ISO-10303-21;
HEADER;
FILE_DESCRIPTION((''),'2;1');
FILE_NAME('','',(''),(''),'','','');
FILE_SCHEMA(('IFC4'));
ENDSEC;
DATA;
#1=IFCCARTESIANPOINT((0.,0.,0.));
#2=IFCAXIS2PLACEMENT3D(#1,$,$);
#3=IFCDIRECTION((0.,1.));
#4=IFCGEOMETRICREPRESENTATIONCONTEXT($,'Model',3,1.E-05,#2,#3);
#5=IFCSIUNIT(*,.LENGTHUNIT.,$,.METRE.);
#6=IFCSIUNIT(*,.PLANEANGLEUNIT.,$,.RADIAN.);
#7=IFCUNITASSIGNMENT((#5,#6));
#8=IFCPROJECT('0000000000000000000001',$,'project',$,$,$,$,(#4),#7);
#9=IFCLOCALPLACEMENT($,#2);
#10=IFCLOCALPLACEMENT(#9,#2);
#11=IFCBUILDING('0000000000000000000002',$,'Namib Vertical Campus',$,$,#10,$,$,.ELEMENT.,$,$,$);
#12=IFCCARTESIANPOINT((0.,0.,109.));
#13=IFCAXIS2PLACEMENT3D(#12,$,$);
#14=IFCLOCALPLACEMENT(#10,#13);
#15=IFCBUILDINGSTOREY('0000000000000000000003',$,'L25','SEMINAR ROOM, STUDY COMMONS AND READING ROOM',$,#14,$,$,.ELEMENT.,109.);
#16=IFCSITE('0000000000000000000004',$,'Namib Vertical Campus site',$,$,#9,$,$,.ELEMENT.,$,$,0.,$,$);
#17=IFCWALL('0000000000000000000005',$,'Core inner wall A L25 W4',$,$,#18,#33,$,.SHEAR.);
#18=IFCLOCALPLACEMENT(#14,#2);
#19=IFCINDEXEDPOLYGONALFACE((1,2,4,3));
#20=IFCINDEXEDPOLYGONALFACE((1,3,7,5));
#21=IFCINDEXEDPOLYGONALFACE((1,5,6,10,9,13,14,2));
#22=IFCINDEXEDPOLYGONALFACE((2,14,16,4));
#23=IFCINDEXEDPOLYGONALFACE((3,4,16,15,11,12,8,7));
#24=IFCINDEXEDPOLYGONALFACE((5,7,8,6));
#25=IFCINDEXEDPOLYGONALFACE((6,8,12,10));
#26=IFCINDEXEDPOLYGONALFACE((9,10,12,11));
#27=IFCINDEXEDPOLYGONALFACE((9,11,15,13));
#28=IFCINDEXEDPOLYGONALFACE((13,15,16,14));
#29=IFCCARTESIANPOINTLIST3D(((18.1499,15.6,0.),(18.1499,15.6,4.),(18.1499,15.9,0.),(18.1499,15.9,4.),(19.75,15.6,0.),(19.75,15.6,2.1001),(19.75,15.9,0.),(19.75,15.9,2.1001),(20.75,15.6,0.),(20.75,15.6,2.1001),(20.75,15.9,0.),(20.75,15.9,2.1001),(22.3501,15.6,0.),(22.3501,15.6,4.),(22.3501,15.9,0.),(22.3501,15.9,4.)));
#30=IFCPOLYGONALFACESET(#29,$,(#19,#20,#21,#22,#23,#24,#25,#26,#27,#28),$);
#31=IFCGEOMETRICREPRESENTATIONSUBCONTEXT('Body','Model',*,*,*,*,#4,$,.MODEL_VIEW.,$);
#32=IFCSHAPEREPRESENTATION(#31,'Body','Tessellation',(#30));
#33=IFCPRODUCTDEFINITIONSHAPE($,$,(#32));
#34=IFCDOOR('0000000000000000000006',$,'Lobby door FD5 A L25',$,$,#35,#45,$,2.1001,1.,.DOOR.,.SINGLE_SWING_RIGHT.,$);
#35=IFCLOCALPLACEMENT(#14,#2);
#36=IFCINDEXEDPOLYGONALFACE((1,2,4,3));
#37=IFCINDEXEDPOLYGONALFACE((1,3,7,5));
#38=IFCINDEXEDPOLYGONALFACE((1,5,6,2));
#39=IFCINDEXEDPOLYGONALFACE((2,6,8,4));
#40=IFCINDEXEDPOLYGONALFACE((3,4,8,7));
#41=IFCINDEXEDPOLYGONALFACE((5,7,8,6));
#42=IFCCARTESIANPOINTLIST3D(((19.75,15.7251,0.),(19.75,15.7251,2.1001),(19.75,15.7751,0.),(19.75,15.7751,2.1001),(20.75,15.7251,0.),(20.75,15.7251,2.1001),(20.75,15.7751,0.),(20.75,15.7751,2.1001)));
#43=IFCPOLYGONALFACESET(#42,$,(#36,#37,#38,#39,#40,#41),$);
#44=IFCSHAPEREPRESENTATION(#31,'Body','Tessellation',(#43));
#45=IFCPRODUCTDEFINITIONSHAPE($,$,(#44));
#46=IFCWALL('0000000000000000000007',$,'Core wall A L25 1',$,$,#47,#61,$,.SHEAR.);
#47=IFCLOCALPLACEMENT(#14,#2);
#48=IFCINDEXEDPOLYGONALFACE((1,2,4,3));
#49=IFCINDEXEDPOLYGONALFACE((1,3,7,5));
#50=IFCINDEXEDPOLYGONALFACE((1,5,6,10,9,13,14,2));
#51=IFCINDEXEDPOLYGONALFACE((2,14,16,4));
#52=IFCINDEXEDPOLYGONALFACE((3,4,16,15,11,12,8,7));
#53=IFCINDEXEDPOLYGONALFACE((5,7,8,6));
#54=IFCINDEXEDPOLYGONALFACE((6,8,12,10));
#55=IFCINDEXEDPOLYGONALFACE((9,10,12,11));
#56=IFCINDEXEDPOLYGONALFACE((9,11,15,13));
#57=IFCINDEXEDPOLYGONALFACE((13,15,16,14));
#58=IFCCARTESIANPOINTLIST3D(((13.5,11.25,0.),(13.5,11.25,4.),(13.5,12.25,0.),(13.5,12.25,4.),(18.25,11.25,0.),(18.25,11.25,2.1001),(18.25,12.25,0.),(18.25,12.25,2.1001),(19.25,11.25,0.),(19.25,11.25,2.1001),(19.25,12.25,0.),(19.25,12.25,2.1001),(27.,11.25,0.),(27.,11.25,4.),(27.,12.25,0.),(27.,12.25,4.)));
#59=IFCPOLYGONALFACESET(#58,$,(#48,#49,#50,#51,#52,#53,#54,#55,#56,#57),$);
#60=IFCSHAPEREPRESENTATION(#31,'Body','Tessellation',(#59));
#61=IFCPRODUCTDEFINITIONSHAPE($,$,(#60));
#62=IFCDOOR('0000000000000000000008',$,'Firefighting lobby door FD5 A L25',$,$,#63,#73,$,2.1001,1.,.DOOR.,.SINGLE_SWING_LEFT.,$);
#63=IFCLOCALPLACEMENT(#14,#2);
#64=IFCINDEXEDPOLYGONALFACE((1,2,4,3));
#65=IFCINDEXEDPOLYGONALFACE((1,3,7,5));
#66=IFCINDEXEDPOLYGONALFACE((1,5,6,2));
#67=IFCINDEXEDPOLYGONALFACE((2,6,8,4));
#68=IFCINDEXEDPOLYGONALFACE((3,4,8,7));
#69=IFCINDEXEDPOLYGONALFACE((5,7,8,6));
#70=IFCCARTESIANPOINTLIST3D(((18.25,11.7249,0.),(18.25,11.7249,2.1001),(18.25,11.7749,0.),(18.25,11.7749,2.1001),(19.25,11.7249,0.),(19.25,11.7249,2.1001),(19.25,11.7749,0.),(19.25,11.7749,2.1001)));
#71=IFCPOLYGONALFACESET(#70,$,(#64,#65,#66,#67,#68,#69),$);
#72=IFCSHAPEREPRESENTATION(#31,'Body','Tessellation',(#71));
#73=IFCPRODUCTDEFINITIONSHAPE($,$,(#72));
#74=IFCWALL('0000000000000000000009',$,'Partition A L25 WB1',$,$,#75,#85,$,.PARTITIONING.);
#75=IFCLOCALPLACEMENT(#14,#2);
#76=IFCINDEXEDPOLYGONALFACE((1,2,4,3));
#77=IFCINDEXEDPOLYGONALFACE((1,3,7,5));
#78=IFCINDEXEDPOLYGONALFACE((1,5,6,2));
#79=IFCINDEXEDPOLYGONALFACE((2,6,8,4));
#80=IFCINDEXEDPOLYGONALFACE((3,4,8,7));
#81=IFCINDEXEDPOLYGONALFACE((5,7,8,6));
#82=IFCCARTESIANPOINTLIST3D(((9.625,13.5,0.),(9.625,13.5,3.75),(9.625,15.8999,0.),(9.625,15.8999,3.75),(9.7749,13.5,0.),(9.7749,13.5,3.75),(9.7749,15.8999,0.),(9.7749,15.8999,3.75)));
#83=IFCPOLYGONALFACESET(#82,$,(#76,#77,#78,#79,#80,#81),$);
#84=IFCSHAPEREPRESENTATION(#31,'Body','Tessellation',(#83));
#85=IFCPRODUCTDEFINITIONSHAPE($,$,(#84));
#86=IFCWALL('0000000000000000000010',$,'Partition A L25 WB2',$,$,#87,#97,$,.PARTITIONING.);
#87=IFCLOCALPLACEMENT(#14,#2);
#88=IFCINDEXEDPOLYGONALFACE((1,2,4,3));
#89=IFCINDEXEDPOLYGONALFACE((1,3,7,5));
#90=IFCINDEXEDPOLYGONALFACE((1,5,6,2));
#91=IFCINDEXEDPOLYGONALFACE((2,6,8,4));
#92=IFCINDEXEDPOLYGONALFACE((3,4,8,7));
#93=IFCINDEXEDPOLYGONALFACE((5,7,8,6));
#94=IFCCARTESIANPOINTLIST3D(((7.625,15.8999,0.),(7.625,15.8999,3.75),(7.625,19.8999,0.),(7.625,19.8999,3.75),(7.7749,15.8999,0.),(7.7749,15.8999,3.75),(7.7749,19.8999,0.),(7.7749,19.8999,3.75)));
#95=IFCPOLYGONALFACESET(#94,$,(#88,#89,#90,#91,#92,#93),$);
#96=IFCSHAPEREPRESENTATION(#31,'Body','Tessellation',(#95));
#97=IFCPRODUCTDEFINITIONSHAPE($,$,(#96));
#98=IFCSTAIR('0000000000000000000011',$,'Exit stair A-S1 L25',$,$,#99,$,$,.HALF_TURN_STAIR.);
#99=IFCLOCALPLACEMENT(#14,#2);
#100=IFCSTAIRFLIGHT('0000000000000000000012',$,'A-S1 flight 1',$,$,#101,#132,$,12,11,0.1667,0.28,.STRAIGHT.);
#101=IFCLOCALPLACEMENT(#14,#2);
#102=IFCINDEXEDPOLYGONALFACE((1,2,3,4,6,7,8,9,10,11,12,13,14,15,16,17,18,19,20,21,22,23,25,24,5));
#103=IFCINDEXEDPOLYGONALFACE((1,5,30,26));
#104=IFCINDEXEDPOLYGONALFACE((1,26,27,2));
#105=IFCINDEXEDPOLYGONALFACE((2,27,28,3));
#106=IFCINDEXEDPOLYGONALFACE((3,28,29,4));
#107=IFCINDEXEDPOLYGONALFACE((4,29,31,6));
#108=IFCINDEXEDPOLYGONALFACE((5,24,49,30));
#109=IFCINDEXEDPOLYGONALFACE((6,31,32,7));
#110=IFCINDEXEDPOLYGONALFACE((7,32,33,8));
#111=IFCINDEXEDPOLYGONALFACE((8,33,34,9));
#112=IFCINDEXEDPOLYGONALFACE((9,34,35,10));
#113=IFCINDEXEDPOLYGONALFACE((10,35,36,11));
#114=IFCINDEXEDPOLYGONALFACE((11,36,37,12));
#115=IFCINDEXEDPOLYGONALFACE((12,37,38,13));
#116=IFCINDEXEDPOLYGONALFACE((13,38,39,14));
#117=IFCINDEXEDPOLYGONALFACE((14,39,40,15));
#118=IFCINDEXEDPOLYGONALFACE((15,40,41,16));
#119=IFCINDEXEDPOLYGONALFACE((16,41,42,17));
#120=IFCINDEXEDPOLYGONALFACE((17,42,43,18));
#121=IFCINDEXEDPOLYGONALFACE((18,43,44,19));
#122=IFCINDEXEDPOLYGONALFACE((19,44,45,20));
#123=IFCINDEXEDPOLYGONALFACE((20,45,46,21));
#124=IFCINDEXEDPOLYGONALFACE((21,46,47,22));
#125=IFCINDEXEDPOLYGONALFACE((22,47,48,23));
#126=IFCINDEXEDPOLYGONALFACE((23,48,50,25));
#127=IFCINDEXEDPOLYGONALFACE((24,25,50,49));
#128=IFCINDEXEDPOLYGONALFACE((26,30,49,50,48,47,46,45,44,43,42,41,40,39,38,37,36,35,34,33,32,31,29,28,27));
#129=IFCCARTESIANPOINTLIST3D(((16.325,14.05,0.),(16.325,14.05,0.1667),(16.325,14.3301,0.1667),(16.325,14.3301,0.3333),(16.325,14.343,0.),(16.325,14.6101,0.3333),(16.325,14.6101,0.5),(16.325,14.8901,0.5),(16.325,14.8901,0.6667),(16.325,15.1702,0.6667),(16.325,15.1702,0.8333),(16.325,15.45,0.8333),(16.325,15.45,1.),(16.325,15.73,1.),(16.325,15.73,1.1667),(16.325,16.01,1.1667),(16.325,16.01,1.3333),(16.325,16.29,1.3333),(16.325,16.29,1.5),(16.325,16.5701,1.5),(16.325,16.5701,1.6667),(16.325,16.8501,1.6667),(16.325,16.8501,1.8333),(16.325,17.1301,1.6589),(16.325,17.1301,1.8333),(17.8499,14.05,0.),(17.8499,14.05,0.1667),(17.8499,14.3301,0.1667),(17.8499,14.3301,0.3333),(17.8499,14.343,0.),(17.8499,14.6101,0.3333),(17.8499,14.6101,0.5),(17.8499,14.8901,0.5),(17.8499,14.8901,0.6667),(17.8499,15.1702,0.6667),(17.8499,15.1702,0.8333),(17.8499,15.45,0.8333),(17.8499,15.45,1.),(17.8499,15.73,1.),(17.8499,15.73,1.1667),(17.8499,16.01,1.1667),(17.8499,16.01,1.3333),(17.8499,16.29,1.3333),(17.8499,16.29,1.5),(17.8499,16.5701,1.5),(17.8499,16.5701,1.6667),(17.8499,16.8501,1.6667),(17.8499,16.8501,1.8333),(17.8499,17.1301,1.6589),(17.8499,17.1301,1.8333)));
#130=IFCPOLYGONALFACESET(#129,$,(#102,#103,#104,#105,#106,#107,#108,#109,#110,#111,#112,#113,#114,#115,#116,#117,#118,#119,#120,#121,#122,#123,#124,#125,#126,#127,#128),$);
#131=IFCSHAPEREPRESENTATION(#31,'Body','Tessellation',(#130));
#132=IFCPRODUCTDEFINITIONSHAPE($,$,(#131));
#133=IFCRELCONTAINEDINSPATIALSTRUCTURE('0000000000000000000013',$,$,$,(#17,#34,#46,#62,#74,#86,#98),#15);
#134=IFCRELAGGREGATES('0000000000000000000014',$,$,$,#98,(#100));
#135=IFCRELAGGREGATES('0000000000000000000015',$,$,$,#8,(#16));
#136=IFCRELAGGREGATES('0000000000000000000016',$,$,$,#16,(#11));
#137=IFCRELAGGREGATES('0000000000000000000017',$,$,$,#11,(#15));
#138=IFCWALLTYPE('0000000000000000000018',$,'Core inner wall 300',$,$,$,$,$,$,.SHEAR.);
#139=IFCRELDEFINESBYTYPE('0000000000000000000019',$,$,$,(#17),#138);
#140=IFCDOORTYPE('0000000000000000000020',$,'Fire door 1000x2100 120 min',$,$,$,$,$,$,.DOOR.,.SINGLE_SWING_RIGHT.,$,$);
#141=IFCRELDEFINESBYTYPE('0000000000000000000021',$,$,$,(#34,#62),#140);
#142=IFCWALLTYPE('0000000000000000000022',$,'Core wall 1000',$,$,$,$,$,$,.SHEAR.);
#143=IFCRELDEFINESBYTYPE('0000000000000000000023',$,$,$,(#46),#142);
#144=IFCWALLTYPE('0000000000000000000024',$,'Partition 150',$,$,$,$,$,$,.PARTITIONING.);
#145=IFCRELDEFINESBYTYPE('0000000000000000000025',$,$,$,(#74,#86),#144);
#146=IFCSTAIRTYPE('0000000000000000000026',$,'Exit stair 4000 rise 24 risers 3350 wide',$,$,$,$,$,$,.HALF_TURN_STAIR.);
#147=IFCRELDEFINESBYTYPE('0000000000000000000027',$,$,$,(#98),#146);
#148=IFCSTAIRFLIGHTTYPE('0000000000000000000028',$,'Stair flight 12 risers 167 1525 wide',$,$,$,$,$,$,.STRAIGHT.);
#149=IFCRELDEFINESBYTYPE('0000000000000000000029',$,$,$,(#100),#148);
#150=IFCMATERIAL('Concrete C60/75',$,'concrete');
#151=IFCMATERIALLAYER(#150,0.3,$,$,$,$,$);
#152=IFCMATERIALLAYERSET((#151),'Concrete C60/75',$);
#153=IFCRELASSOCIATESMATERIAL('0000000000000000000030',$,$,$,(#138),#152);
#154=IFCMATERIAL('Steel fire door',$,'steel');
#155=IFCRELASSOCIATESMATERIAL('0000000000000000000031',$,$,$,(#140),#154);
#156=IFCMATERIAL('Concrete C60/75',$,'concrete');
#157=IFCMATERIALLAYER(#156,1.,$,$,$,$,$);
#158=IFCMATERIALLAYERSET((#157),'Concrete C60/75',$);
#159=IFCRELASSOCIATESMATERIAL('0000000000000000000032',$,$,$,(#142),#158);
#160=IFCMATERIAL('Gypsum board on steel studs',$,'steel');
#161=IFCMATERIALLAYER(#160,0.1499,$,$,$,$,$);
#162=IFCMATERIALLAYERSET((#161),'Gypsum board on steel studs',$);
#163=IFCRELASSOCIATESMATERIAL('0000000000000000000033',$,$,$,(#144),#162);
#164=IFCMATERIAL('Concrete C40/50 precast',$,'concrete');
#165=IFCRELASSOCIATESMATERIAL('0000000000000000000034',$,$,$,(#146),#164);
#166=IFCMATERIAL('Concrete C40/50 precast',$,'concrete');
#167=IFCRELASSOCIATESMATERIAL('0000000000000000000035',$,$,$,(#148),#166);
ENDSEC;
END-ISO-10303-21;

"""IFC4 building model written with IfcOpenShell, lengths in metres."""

from ifc_helpers import new_model, si_unit, direction, frame, frame_2d, origin, place, context, subcontext, project, spatial, polyline, rectangle, outline, extrude, material, layer, layer_set, type_object, element, fill, aggregate, save


model = new_model("IFC4")

# Units and contexts
model_context = context("Model", 3, precision=1e-05, world=origin(), true_north=direction((0.0, 1.0)))
body_context = subcontext(model_context, "Body", "Model", "MODEL_VIEW")
ifc_project = project(units=[si_unit("LENGTHUNIT", "METRE"), si_unit("PLANEANGLEUNIT", "RADIAN")], contexts=[model_context])

# Site, building, storey
site_placement = place(None, origin())
site = spatial("IfcSite", under=ifc_project, at=site_placement, Name="Namib Vertical Campus site", CompositionType="ELEMENT", RefElevation=0.0)
building_placement = place(site_placement, origin())
building = spatial("IfcBuilding", under=site, at=building_placement, Name="Namib Vertical Campus", CompositionType="ELEMENT")
storey_placement = place(building_placement, frame((0.0, 0.0, 109.0)))
storey = spatial("IfcBuildingStorey", under=building, at=storey_placement, Name="L25", Description="SEMINAR ROOM, STUDY COMMONS AND READING ROOM", CompositionType="ELEMENT", Elevation=109.0)

# Shared definitions
ifc_material_1 = material(Name="Concrete C60/75", Category="concrete")
ifc_layer_1 = layer(ifc_material_1, 0.3)
ifc_layer_set_1 = layer_set([ifc_layer_1], Name="Concrete C60/75")
wall_type_1 = type_object("IfcWallType", Name="Core inner wall 300", PredefinedType="SHEAR", material=ifc_layer_set_1)

# Walls, openings, doors
wall_1_placement = place(storey_placement, frame((18.1499, 15.75, 0.0), z_axis=(0.0, 0.0, 1.0), x_axis=(1.0, 0.0, 0.0)))
wall_1 = element("IfcWall", 1, at=wall_1_placement, inside=storey, type_object=wall_type_1, Name="Core inner wall A L25 W4", PredefinedType="SHEAR", context=body_context, shape_type="SweptSolid", body=[
    extrude(rectangle(XDim=4.2002, YDim=0.3, at=frame_2d((2.1001, 0.0))), origin(), (0.0, 0.0, 1.0), 4.0),
])
opening_1_placement = place(wall_1_placement, frame((1.6001, 0.0, 0.0)))
opening_1 = element("IfcOpeningElement", 2, at=opening_1_placement, cuts=wall_1, PredefinedType="OPENING", context=body_context, shape_type="SweptSolid", body=[
    extrude(rectangle(XDim=1.0, YDim=2.1001, at=frame_2d((0.5, 1.05))), frame((0.0, 0.1599, 0.0), z_axis=(0.0, -1.0, 0.0), x_axis=(1.0, 0.0, 0.0)), (0.0, 0.0, 1.0), 0.3201),
])
ifc_material_2 = material(Name="Steel fire door", Category="steel")
door_type_1 = type_object("IfcDoorType", Name="Fire door 1000x2100 120 min", OperationType="SINGLE_SWING_RIGHT", PredefinedType="DOOR", material=ifc_material_2)
door_1_placement = place(opening_1_placement, frame((1.0, 0.0, 0.0), z_axis=(0.0, 0.0, 1.0), x_axis=(-1.0, 0.0, 0.0)))
door_1 = element("IfcDoor", 3, at=door_1_placement, inside=storey, type_object=door_type_1, Name="Lobby door FD5 A L25", OperationType="SINGLE_SWING_RIGHT", OverallHeight=2.1001, OverallWidth=1.0, PredefinedType="DOOR", context=body_context, shape_type="SweptSolid", body=[
    extrude(rectangle(XDim=1.0, YDim=2.1001, at=frame_2d((0.5, 1.05))), frame((0.0, 0.0249, 0.0), z_axis=(0.0, -1.0, 0.0), x_axis=(1.0, 0.0, 0.0)), (0.0, 0.0, 1.0), 0.05),
])
fill(opening_1, door_1)
ifc_material_3 = material(Name="Concrete C60/75", Category="concrete")
ifc_layer_2 = layer(ifc_material_3, 1.0)
ifc_layer_set_2 = layer_set([ifc_layer_2], Name="Concrete C60/75")
wall_type_2 = type_object("IfcWallType", Name="Core wall 1000", PredefinedType="SHEAR", material=ifc_layer_set_2)
wall_2_placement = place(storey_placement, frame((13.5, 11.75, 0.0), z_axis=(0.0, 0.0, 1.0), x_axis=(1.0, 0.0, 0.0)))
wall_2 = element("IfcWall", 4, at=wall_2_placement, inside=storey, type_object=wall_type_2, Name="Core wall A L25 1", PredefinedType="SHEAR", context=body_context, shape_type="SweptSolid", body=[
    extrude(rectangle(XDim=13.5, YDim=1.0, at=frame_2d((6.75, 0.0))), origin(), (0.0, 0.0, 1.0), 4.0),
])
opening_2_placement = place(wall_2_placement, frame((4.75, 0.0, 0.0)))
opening_2 = element("IfcOpeningElement", 5, at=opening_2_placement, cuts=wall_2, PredefinedType="OPENING", context=body_context, shape_type="SweptSolid", body=[
    extrude(rectangle(XDim=1.0, YDim=2.1001, at=frame_2d((0.5, 1.05))), frame((0.0, 0.51, 0.0), z_axis=(0.0, -1.0, 0.0), x_axis=(1.0, 0.0, 0.0)), (0.0, 0.0, 1.0), 1.02),
])
door_2_placement = place(opening_2_placement, origin())
door_2 = element("IfcDoor", 6, at=door_2_placement, inside=storey, type_object=door_type_1, Name="Firefighting lobby door FD5 A L25", OperationType="SINGLE_SWING_LEFT", OverallHeight=2.1001, OverallWidth=1.0, PredefinedType="DOOR", context=body_context, shape_type="SweptSolid", body=[
    extrude(rectangle(XDim=1.0, YDim=2.1001, at=frame_2d((0.5, 1.05))), frame((0.0, 0.0249, 0.0), z_axis=(0.0, -1.0, 0.0), x_axis=(1.0, 0.0, 0.0)), (0.0, 0.0, 1.0), 0.05),
])
fill(opening_2, door_2)

# Walls
ifc_material_4 = material(Name="Gypsum board on steel studs", Category="steel")
ifc_layer_3 = layer(ifc_material_4, 0.1499)
ifc_layer_set_3 = layer_set([ifc_layer_3], Name="Gypsum board on steel studs")
wall_type_3 = type_object("IfcWallType", Name="Partition 150", PredefinedType="PARTITIONING", material=ifc_layer_set_3)
wall_3_placement = place(storey_placement, frame((9.7, 13.5, 0.0), z_axis=(0.0, 0.0, 1.0), x_axis=(0.0, 1.0, 0.0)))
element("IfcWall", 7, at=wall_3_placement, inside=storey, type_object=wall_type_3, Name="Partition A L25 WB1", PredefinedType="PARTITIONING", context=body_context, shape_type="SweptSolid", body=[
    extrude(rectangle(XDim=2.3999, YDim=0.1499, at=frame_2d((1.2, 0.0))), origin(), (0.0, 0.0, 1.0), 3.75),
])
wall_4_placement = place(storey_placement, frame((7.7, 15.8999, 0.0), z_axis=(0.0, 0.0, 1.0), x_axis=(0.0, 1.0, 0.0)))
element("IfcWall", 8, at=wall_4_placement, inside=storey, type_object=wall_type_3, Name="Partition A L25 WB2", PredefinedType="PARTITIONING", context=body_context, shape_type="SweptSolid", body=[
    extrude(rectangle(XDim=4.0, YDim=0.1499, at=frame_2d((2.0, 0.0))), origin(), (0.0, 0.0, 1.0), 3.75),
])

# Stair, stair flight
ifc_material_5 = material(Name="Concrete C40/50 precast", Category="concrete")
stair_type = type_object("IfcStairType", Name="Exit stair 4000 rise 24 risers 3350 wide", PredefinedType="HALF_TURN_STAIR", material=ifc_material_5)
stair_placement = place(storey_placement, origin())
stair = element("IfcStair", 9, at=stair_placement, inside=storey, type_object=stair_type, Name="Exit stair A-S1 L25", PredefinedType="HALF_TURN_STAIR")
ifc_material_6 = material(Name="Concrete C40/50 precast", Category="concrete")
stair_flight_type = type_object("IfcStairFlightType", Name="Stair flight 12 risers 167 1525 wide", PredefinedType="STRAIGHT", material=ifc_material_6)
stair_flight_placement = place(storey_placement, frame((17.0874, 14.05, 0.0), z_axis=(0.0, 0.0, 1.0), x_axis=(0.0, 1.0, 0.0)))
stair_flight = element("IfcStairFlight", 10, at=stair_flight_placement, type_object=stair_flight_type, Name="A-S1 flight 1", NumberOfRisers=12, NumberOfTreads=11, PredefinedType="STRAIGHT", RiserHeight=0.1667, TreadLength=0.28, context=body_context, shape_type="SweptSolid", body=[
    extrude(outline(polyline([(0.0, 0.0), (0.0, 0.1667), (0.28, 0.1667), (0.28, 0.3333), (0.5601, 0.3333), (0.5601, 0.5), (0.8401, 0.5), (0.8401, 0.6667), (1.1201, 0.6667), (1.1201, 0.8333), (1.3999, 0.8333), (1.3999, 1.0), (1.6799, 1.0), (1.6799, 1.1667), (1.96, 1.1667), (1.96, 1.3333), (2.24, 1.3333), (2.24, 1.5), (2.52, 1.5), (2.52, 1.6667), (2.8, 1.6667), (2.8, 1.8333), (3.0801, 1.8333), (3.0801, 2.0), (3.0801, 1.6589), (0.293, 0.0), (0.0, 0.0)])), frame((0.0, 0.7625, 0.0), z_axis=(0.0, -1.0, 0.0), x_axis=(1.0, 0.0, 0.0)), (0.0, 0.0, 1.0), 1.5249),
])
aggregate(stair, [stair_flight])

save(model, "model.ifc")
